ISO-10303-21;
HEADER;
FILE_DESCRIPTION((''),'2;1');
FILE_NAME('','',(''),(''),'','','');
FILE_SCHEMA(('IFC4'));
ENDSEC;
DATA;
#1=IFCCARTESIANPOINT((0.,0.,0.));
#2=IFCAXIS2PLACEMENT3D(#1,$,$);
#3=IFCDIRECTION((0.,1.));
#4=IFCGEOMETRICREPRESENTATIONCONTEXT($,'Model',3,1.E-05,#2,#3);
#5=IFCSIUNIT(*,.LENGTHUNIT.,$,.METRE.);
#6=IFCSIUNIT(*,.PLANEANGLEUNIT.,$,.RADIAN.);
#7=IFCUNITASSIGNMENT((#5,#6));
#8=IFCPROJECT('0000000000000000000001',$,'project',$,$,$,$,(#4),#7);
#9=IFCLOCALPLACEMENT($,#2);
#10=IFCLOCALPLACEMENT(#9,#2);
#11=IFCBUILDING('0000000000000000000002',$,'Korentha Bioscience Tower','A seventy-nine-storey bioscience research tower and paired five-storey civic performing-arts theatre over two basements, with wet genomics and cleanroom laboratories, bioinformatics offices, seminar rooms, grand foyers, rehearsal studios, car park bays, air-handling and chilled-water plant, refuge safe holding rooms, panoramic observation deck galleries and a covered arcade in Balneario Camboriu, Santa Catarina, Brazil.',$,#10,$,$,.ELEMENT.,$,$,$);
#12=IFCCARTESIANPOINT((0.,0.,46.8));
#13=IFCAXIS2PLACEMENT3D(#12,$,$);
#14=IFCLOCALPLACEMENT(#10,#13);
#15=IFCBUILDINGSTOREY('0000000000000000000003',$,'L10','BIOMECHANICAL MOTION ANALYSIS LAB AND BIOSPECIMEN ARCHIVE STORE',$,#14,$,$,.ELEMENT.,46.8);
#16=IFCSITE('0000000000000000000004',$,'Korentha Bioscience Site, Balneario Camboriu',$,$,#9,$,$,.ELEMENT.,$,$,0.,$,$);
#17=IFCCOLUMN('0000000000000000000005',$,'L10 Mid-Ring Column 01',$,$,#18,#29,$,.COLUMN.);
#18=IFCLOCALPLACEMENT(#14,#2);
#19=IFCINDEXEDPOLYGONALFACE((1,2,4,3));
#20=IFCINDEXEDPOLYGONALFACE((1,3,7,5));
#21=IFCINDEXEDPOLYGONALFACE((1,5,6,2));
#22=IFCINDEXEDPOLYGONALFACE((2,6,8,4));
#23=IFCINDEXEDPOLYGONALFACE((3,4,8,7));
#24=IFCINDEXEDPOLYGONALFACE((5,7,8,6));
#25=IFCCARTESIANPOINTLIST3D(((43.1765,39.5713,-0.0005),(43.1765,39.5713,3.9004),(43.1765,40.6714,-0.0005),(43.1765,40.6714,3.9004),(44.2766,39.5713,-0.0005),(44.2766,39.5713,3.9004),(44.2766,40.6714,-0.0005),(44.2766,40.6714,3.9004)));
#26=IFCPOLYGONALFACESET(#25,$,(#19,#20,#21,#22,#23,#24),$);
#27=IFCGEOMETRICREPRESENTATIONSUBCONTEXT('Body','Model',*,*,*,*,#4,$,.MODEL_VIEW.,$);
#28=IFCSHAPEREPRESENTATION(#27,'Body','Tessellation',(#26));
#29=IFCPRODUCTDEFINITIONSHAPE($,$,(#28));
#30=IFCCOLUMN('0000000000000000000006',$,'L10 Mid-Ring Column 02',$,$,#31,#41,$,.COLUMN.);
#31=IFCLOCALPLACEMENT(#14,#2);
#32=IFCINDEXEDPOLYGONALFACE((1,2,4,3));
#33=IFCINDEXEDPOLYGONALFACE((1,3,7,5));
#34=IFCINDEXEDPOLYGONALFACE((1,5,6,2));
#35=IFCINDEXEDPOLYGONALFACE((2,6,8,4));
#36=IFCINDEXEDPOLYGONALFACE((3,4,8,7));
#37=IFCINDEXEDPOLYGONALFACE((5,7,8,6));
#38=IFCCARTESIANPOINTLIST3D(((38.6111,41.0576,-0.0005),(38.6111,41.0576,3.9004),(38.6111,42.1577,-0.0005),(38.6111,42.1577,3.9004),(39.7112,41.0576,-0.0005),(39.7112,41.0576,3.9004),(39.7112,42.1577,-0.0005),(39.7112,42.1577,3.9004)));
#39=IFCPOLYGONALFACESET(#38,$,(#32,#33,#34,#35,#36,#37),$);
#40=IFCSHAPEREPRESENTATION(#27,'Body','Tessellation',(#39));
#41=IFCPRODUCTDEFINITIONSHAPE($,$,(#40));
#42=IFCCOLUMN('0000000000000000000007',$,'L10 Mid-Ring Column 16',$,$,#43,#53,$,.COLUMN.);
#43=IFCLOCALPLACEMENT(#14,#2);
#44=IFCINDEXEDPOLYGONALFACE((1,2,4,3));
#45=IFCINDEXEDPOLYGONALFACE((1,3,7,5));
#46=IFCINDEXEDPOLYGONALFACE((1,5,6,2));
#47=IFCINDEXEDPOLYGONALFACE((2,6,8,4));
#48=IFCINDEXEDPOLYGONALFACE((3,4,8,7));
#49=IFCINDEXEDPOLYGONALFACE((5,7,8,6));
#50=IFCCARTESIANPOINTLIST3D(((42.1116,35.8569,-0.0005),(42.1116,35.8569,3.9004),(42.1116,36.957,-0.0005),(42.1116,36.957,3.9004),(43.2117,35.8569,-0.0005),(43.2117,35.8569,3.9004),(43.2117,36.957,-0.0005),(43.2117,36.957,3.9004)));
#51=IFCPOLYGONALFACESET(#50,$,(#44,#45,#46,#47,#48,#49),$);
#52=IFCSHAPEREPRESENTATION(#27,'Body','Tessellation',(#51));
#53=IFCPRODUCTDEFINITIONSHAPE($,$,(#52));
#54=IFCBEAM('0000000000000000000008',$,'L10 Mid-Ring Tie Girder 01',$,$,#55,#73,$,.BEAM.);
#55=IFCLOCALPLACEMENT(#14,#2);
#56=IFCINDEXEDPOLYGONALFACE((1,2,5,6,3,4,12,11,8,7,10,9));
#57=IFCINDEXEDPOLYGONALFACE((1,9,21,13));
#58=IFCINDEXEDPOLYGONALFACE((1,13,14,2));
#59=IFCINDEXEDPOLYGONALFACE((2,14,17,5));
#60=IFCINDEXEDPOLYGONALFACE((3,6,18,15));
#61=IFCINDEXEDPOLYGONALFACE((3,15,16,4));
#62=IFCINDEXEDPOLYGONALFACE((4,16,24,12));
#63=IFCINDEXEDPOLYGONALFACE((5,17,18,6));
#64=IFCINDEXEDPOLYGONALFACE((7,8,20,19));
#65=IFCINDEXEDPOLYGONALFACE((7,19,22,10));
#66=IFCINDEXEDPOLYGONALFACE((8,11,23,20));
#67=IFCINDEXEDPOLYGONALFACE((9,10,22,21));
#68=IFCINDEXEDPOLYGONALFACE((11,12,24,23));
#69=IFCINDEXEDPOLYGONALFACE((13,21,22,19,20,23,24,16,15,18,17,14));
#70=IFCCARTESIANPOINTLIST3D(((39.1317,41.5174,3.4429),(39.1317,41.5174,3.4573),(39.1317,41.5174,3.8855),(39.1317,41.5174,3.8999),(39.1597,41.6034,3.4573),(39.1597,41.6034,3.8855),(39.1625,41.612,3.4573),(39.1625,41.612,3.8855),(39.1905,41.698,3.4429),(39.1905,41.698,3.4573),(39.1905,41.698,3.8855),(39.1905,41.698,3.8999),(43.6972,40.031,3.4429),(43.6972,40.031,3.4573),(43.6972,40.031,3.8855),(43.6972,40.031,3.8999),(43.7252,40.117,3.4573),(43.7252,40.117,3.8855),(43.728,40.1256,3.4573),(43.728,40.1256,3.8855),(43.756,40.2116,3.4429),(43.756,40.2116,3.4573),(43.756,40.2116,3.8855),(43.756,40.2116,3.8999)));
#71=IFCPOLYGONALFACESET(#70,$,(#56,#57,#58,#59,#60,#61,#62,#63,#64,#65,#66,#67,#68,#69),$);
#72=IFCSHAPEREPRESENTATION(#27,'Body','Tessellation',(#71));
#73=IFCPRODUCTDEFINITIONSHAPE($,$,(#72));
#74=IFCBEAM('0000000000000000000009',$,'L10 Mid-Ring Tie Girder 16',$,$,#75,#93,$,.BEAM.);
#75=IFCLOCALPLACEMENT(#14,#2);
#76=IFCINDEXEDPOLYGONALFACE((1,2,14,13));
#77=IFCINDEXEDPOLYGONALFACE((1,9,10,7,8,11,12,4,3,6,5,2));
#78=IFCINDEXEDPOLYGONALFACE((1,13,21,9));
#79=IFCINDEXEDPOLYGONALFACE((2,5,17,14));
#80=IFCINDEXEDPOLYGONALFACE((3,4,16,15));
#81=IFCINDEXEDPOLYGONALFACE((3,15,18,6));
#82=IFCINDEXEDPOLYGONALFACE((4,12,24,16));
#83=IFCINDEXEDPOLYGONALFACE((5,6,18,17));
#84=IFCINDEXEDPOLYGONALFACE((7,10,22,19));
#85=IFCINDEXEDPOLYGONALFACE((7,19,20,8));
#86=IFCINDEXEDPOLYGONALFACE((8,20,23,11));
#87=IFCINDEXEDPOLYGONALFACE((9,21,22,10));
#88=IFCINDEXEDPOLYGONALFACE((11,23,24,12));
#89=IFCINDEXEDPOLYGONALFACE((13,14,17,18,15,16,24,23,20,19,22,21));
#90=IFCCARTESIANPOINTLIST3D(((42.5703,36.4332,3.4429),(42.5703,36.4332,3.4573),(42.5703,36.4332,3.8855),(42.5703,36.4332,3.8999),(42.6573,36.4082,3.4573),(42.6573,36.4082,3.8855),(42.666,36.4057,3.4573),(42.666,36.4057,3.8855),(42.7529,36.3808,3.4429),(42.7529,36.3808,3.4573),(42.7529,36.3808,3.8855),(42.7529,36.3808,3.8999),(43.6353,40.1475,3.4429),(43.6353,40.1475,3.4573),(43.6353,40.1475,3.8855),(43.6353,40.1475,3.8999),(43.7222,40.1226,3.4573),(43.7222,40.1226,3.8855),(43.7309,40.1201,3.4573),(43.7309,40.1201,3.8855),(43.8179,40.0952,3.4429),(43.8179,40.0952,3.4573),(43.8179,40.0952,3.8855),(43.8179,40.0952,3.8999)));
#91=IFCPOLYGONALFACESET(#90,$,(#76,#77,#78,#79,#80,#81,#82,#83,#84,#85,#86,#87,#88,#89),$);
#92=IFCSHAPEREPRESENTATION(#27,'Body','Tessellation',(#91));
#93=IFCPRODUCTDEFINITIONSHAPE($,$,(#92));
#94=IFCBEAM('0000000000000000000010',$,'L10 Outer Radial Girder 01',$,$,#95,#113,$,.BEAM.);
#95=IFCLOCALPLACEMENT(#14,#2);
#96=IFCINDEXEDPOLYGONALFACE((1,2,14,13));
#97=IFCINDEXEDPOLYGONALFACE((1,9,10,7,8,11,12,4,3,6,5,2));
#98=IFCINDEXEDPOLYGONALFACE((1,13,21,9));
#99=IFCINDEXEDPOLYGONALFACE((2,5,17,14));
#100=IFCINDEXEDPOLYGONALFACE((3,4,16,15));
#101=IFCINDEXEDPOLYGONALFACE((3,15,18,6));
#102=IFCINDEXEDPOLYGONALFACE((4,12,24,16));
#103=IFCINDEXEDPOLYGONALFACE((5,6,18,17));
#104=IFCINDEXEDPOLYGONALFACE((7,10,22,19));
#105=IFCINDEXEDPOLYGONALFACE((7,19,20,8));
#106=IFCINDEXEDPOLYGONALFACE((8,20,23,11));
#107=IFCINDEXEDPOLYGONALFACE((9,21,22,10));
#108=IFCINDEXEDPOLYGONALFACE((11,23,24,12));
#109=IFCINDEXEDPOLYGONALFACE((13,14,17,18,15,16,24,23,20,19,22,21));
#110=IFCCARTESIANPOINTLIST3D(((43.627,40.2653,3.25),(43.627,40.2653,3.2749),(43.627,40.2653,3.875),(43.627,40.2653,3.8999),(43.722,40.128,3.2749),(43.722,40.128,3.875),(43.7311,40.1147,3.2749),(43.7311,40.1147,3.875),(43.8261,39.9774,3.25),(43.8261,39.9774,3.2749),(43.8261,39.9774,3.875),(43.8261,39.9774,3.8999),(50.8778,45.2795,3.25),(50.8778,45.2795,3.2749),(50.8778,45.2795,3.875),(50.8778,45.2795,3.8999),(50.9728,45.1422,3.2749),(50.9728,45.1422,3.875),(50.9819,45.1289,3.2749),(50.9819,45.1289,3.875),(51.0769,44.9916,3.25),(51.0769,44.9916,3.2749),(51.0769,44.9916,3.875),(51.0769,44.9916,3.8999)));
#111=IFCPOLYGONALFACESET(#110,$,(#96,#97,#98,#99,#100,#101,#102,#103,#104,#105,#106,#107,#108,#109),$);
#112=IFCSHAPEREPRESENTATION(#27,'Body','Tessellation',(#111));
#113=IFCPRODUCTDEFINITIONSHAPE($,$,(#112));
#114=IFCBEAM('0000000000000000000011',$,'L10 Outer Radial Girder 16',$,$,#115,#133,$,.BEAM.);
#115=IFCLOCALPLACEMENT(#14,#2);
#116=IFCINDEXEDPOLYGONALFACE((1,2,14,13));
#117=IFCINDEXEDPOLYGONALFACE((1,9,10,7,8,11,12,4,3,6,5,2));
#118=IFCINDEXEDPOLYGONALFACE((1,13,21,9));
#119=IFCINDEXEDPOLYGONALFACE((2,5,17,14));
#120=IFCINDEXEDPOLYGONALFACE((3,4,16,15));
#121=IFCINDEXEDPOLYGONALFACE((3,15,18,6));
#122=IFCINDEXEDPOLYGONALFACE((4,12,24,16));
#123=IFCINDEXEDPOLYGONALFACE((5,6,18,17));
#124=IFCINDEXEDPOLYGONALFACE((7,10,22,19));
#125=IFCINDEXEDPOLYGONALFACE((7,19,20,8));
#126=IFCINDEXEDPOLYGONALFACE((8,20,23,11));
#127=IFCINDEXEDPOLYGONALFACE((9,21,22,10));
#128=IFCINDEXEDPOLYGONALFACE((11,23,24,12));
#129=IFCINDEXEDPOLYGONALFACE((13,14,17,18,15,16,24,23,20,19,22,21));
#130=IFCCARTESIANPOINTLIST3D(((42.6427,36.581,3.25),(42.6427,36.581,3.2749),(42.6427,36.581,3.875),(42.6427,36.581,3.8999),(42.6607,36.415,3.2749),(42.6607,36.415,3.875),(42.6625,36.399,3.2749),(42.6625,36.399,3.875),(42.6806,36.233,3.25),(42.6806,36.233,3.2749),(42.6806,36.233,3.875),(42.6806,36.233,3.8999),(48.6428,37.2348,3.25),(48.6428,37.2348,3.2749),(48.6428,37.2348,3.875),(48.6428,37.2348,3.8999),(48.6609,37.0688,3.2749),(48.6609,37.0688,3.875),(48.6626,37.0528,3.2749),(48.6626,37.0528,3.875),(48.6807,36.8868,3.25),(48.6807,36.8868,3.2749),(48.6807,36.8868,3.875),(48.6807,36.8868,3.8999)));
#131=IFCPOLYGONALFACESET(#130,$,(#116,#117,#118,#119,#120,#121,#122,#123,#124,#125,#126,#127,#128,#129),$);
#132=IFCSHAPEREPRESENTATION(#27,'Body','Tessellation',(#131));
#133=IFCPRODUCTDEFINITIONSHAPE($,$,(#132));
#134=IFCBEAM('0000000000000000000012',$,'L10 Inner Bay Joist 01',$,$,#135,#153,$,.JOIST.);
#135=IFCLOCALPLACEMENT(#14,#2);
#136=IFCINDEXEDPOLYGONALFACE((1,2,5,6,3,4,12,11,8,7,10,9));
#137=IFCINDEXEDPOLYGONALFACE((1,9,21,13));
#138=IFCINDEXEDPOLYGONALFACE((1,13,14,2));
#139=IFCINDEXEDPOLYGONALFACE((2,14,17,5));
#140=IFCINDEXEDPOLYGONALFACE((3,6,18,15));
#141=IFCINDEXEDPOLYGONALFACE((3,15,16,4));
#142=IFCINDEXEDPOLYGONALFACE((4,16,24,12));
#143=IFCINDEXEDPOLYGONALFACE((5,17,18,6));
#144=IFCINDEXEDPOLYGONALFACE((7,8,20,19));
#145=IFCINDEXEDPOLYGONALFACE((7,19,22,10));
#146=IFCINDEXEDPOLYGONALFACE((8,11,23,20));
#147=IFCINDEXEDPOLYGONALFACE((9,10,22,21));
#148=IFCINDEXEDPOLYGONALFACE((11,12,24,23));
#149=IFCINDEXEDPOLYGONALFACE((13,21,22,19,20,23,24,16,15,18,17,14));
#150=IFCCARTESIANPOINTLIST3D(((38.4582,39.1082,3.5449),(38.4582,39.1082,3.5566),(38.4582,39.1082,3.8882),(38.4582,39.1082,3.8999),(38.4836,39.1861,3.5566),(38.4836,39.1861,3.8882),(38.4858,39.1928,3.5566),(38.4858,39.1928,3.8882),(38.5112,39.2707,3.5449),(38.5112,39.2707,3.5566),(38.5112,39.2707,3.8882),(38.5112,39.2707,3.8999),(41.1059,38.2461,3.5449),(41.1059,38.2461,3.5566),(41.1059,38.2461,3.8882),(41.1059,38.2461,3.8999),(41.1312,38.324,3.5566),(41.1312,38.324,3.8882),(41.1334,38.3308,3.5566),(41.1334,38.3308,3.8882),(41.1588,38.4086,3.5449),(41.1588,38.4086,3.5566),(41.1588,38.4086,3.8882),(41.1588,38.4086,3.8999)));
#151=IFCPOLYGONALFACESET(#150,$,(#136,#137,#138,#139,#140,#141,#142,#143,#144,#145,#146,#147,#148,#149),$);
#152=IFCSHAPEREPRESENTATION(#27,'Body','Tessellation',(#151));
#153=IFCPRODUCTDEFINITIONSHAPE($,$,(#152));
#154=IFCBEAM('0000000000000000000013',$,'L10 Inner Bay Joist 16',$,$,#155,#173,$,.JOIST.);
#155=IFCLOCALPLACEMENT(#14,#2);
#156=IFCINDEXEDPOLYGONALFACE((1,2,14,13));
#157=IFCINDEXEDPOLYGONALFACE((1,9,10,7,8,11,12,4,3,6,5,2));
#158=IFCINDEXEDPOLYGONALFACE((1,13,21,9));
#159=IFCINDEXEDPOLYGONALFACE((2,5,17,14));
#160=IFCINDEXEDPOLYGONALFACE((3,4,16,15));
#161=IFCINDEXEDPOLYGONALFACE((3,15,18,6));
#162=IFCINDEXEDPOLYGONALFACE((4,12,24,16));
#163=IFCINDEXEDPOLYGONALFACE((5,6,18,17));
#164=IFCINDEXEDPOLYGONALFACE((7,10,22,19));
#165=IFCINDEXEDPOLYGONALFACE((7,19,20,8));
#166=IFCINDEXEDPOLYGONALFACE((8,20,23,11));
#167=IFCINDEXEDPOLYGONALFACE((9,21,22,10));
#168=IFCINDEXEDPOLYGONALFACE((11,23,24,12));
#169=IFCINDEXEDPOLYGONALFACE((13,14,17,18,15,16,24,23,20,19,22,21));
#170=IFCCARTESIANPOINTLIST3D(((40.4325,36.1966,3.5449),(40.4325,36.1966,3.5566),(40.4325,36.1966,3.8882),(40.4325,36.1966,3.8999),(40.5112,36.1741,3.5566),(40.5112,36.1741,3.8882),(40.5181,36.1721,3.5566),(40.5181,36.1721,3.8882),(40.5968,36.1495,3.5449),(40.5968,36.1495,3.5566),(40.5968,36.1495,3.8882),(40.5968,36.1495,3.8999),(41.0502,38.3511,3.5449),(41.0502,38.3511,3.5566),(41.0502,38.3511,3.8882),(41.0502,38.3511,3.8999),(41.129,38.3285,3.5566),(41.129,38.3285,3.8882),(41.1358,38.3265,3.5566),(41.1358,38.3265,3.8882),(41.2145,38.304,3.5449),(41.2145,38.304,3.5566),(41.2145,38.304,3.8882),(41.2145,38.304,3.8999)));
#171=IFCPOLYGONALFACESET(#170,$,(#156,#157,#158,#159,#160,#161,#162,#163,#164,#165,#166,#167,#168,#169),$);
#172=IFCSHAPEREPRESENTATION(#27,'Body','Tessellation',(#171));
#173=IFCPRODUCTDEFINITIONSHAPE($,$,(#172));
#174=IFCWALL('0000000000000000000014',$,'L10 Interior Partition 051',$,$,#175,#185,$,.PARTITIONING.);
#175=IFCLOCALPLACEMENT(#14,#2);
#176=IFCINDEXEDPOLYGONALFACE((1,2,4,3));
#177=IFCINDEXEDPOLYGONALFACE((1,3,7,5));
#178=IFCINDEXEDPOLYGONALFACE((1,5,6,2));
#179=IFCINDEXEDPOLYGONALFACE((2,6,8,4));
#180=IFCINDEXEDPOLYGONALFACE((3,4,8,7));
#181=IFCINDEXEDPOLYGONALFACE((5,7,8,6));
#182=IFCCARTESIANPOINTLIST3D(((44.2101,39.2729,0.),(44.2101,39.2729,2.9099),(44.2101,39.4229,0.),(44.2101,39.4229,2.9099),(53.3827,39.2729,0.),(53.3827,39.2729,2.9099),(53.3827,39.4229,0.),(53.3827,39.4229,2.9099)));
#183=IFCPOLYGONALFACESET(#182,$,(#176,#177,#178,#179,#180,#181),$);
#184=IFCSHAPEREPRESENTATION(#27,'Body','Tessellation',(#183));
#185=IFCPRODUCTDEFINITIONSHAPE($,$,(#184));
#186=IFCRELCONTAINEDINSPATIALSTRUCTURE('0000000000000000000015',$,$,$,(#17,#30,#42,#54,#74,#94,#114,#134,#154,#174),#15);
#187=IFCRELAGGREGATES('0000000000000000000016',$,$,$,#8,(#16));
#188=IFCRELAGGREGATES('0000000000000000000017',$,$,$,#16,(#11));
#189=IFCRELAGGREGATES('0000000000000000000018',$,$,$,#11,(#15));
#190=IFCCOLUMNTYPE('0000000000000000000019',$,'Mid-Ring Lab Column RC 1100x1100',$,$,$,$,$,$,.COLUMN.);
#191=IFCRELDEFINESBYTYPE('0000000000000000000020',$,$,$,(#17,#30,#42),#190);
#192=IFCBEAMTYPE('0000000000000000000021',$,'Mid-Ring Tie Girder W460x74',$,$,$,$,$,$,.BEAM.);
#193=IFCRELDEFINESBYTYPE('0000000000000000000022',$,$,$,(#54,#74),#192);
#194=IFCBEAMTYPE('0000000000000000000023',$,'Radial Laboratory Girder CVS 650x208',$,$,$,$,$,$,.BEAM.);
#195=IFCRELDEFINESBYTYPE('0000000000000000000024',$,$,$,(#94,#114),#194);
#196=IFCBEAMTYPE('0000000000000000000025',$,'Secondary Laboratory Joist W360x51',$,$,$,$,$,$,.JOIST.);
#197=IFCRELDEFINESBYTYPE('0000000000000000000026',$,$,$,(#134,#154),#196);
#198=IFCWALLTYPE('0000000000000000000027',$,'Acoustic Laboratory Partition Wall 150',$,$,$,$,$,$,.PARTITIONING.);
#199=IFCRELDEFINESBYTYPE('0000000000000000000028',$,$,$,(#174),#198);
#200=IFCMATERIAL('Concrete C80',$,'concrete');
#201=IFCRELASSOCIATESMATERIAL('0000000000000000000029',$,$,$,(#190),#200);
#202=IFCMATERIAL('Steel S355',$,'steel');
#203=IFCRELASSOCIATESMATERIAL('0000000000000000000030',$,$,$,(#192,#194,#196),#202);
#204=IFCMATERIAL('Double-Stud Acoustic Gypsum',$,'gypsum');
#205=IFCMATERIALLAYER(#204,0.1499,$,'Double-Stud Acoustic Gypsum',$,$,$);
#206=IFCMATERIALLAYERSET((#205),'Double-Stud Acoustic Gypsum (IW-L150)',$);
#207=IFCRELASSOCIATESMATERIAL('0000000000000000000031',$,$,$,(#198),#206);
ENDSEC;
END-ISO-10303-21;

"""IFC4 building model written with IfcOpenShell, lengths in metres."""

from ifc_helpers import new_model, si_unit, direction, frame, frame_2d, origin, origin_2d, place, context, subcontext, project, spatial, rectangle, i_section, extrude, material, layer, layer_set, material_profile, profile_set, type_object, element, save


model = new_model("IFC4")

# Units and contexts
model_context = context("Model", 3, precision=1e-05, world=origin(), true_north=direction((0.0, 1.0)))
body_context = subcontext(model_context, "Body", "Model", "MODEL_VIEW")
ifc_project = project(units=[si_unit("LENGTHUNIT", "METRE"), si_unit("PLANEANGLEUNIT", "RADIAN")], contexts=[model_context])

# Site, building, storey
site_placement = place(None, origin())
site = spatial("IfcSite", under=ifc_project, at=site_placement, Name="Korentha Bioscience Site, Balneario Camboriu", CompositionType="ELEMENT", RefElevation=0.0)
building_placement = place(site_placement, origin())
building = spatial("IfcBuilding", under=site, at=building_placement, Name="Korentha Bioscience Tower", Description="A seventy-nine-storey bioscience research tower and paired five-storey civic performing-arts theatre over two basements, with wet genomics and cleanroom laboratories, bioinformatics offices, seminar rooms, grand foyers, rehearsal studios, car park bays, air-handling and chilled-water plant, refuge safe holding rooms, panoramic observation deck galleries and a covered arcade in Balneario Camboriu, Santa Catarina, Brazil.", CompositionType="ELEMENT")
storey_placement = place(building_placement, frame((0.0, 0.0, 46.8)))
storey = spatial("IfcBuildingStorey", under=building, at=storey_placement, Name="L10", Description="BIOMECHANICAL MOTION ANALYSIS LAB AND BIOSPECIMEN ARCHIVE STORE", CompositionType="ELEMENT", Elevation=46.8)

# Columns
ifc_material_1 = material(Name="Concrete C80", Category="concrete")
ifc_material_profile_1 = material_profile(ifc_material_1, rectangle(XDim=1.1001, YDim=1.1001, at=origin_2d()), Name="Concrete C80")
ifc_profile_set_1 = profile_set([ifc_material_profile_1], Name="Concrete C80 (COL-MR11)")
column_type = type_object("IfcColumnType", Name="Mid-Ring Lab Column RC 1100x1100", PredefinedType="COLUMN", material=ifc_profile_set_1)
for number, where, z_axis, x_axis, name in (
    (1, (43.7266, 40.1213, -0.0005), (0.0, 0.0, 1.0), (1.0, 0.0, 0.0), "L10 Mid-Ring Column 01"),
    (2, (39.1611, 41.6077, -0.0005), (0.0, 0.0, 1.0), (1.0, 0.0, 0.0), "L10 Mid-Ring Column 02"),
    (3, (42.6616, 36.407, -0.0005), (0.0, 0.0, 1.0), (1.0, 0.0, 0.0), "L10 Mid-Ring Column 16"),
):
    element("IfcColumn", number, at=place(storey_placement, frame(where, z_axis=z_axis, x_axis=x_axis)), inside=storey, type_object=column_type, Name=name, PredefinedType="COLUMN", context=body_context, shape_type="SweptSolid", body=[
        extrude(rectangle(XDim=1.1001, YDim=1.1001, at=origin_2d()), origin(), (0.0, 0.0, 1.0), 3.9009),
    ])

# Beams
ifc_material_2 = material(Name="Steel S355", Category="steel")
ifc_material_profile_2 = material_profile(ifc_material_2, i_section(OverallWidth=0.1899, OverallDepth=0.457, WebThickness=0.009, FlangeThickness=0.0144, at=origin_2d()), Name="Steel S355")
ifc_profile_set_2 = profile_set([ifc_material_profile_2], Name="Steel S355 (MB-460)")
beam_type_1 = type_object("IfcBeamType", Name="Mid-Ring Tie Girder W460x74", PredefinedType="BEAM", material=ifc_profile_set_2)
beam_1_placement = place(storey_placement, frame((43.7266, 40.1213, 3.6714), z_axis=(-0.950877, 0.309569, 0.0), x_axis=(-0.309569, -0.950877, 0.0)))
element("IfcBeam", 4, at=beam_1_placement, inside=storey, type_object=beam_type_1, Name="L10 Mid-Ring Tie Girder 01", PredefinedType="BEAM", context=body_context, shape_type="SweptSolid", body=[
    extrude(i_section(OverallWidth=0.1899, OverallDepth=0.457, WebThickness=0.009, FlangeThickness=0.0144, at=origin_2d()), origin(), (0.0, 0.0, 1.0), 4.8013),
])
beam_2_placement = place(storey_placement, frame((42.6616, 36.407, 3.6714), z_axis=(0.275606, 0.961271, 0.0), x_axis=(-0.961271, 0.275606, 0.0)))
element("IfcBeam", 5, at=beam_2_placement, inside=storey, type_object=beam_type_1, Name="L10 Mid-Ring Tie Girder 16", PredefinedType="BEAM", context=body_context, shape_type="SweptSolid", body=[
    extrude(i_section(OverallWidth=0.1899, OverallDepth=0.457, WebThickness=0.009, FlangeThickness=0.0144, at=origin_2d()), origin(), (0.0, 0.0, 1.0), 3.864),
])
ifc_material_profile_3 = material_profile(ifc_material_2, i_section(OverallWidth=0.3501, OverallDepth=0.6499, WebThickness=0.0161, FlangeThickness=0.0249, at=origin_2d()), Name="Steel S355")
ifc_profile_set_3 = profile_set([ifc_material_profile_3], Name="Steel S355 (RB-650)")
beam_type_2 = type_object("IfcBeamType", Name="Radial Laboratory Girder CVS 650x208", PredefinedType="BEAM", material=ifc_profile_set_3)
beam_3_placement = place(storey_placement, frame((43.7266, 40.1213, 3.575), z_axis=(0.822488, 0.568782, 0.0), x_axis=(-0.568782, 0.822488, 0.0)))
element("IfcBeam", 6, at=beam_3_placement, inside=storey, type_object=beam_type_2, Name="L10 Outer Radial Girder 01", PredefinedType="BEAM", context=body_context, shape_type="SweptSolid", body=[
    extrude(i_section(OverallWidth=0.3501, OverallDepth=0.6499, WebThickness=0.0161, FlangeThickness=0.0249, at=origin_2d()), origin(), (0.0, 0.0, 1.0), 8.8157),
])
beam_4_placement = place(storey_placement, frame((42.6616, 36.407, 3.575), z_axis=(0.994116, 0.108323, 0.0), x_axis=(-0.108323, 0.994116, 0.0)))
element("IfcBeam", 7, at=beam_4_placement, inside=storey, type_object=beam_type_2, Name="L10 Outer Radial Girder 16", PredefinedType="BEAM", context=body_context, shape_type="SweptSolid", body=[
    extrude(i_section(OverallWidth=0.3501, OverallDepth=0.6499, WebThickness=0.0161, FlangeThickness=0.0249, at=origin_2d()), origin(), (0.0, 0.0, 1.0), 6.0356),
])
ifc_material_profile_4 = material_profile(ifc_material_2, i_section(OverallWidth=0.1709, OverallDepth=0.355, WebThickness=0.0071, FlangeThickness=0.0117, at=origin_2d()), Name="Steel S355")
ifc_profile_set_4 = profile_set([ifc_material_profile_4], Name="Steel S355 (JB-360)")
beam_type_3 = type_object("IfcBeamType", Name="Secondary Laboratory Joist W360x51", PredefinedType="JOIST", material=ifc_profile_set_4)
beam_5_placement = place(storey_placement, frame((41.1323, 38.3274, 3.7224), z_axis=(-0.95087, 0.309592, 0.0), x_axis=(-0.309592, -0.95087, 0.0)))
element("IfcBeam", 8, at=beam_5_placement, inside=storey, type_object=beam_type_3, Name="L10 Inner Bay Joist 01", PredefinedType="JOIST", context=body_context, shape_type="SweptSolid", body=[
    extrude(i_section(OverallWidth=0.1709, OverallDepth=0.355, WebThickness=0.0071, FlangeThickness=0.0117, at=origin_2d()), origin(), (0.0, 0.0, 1.0), 2.7844),
])
beam_6_placement = place(storey_placement, frame((40.5146, 36.1731, 3.7224), z_axis=(0.275613, 0.961269, 0.0), x_axis=(-0.961269, 0.275613, 0.0)))
element("IfcBeam", 9, at=beam_6_placement, inside=storey, type_object=beam_type_3, Name="L10 Inner Bay Joist 16", PredefinedType="JOIST", context=body_context, shape_type="SweptSolid", body=[
    extrude(i_section(OverallWidth=0.1709, OverallDepth=0.355, WebThickness=0.0071, FlangeThickness=0.0117, at=origin_2d()), origin(), (0.0, 0.0, 1.0), 2.2412),
])

# Wall
ifc_material_3 = material(Name="Double-Stud Acoustic Gypsum", Category="gypsum")
ifc_layer_1 = layer(ifc_material_3, 0.1499, Name="Double-Stud Acoustic Gypsum")
ifc_layer_set_1 = layer_set([ifc_layer_1], Name="Double-Stud Acoustic Gypsum (IW-L150)")
wall_type_1 = type_object("IfcWallType", Name="Acoustic Laboratory Partition Wall 150", PredefinedType="PARTITIONING", material=ifc_layer_set_1)
wall_1_placement = place(storey_placement, frame((44.21, 39.3479, 0.0), z_axis=(0.0, 0.0, 1.0), x_axis=(1.0, 0.0, 0.0)))
element("IfcWall", 10, at=wall_1_placement, inside=storey, type_object=wall_type_1, Name="L10 Interior Partition 051", PredefinedType="PARTITIONING", context=body_context, shape_type="SweptSolid", body=[
    extrude(rectangle(XDim=9.1726, YDim=0.1499, at=frame_2d((4.5864, 0.0))), origin(), (0.0, 0.0, 1.0), 2.9099),
])

save(model, "model.ifc")
